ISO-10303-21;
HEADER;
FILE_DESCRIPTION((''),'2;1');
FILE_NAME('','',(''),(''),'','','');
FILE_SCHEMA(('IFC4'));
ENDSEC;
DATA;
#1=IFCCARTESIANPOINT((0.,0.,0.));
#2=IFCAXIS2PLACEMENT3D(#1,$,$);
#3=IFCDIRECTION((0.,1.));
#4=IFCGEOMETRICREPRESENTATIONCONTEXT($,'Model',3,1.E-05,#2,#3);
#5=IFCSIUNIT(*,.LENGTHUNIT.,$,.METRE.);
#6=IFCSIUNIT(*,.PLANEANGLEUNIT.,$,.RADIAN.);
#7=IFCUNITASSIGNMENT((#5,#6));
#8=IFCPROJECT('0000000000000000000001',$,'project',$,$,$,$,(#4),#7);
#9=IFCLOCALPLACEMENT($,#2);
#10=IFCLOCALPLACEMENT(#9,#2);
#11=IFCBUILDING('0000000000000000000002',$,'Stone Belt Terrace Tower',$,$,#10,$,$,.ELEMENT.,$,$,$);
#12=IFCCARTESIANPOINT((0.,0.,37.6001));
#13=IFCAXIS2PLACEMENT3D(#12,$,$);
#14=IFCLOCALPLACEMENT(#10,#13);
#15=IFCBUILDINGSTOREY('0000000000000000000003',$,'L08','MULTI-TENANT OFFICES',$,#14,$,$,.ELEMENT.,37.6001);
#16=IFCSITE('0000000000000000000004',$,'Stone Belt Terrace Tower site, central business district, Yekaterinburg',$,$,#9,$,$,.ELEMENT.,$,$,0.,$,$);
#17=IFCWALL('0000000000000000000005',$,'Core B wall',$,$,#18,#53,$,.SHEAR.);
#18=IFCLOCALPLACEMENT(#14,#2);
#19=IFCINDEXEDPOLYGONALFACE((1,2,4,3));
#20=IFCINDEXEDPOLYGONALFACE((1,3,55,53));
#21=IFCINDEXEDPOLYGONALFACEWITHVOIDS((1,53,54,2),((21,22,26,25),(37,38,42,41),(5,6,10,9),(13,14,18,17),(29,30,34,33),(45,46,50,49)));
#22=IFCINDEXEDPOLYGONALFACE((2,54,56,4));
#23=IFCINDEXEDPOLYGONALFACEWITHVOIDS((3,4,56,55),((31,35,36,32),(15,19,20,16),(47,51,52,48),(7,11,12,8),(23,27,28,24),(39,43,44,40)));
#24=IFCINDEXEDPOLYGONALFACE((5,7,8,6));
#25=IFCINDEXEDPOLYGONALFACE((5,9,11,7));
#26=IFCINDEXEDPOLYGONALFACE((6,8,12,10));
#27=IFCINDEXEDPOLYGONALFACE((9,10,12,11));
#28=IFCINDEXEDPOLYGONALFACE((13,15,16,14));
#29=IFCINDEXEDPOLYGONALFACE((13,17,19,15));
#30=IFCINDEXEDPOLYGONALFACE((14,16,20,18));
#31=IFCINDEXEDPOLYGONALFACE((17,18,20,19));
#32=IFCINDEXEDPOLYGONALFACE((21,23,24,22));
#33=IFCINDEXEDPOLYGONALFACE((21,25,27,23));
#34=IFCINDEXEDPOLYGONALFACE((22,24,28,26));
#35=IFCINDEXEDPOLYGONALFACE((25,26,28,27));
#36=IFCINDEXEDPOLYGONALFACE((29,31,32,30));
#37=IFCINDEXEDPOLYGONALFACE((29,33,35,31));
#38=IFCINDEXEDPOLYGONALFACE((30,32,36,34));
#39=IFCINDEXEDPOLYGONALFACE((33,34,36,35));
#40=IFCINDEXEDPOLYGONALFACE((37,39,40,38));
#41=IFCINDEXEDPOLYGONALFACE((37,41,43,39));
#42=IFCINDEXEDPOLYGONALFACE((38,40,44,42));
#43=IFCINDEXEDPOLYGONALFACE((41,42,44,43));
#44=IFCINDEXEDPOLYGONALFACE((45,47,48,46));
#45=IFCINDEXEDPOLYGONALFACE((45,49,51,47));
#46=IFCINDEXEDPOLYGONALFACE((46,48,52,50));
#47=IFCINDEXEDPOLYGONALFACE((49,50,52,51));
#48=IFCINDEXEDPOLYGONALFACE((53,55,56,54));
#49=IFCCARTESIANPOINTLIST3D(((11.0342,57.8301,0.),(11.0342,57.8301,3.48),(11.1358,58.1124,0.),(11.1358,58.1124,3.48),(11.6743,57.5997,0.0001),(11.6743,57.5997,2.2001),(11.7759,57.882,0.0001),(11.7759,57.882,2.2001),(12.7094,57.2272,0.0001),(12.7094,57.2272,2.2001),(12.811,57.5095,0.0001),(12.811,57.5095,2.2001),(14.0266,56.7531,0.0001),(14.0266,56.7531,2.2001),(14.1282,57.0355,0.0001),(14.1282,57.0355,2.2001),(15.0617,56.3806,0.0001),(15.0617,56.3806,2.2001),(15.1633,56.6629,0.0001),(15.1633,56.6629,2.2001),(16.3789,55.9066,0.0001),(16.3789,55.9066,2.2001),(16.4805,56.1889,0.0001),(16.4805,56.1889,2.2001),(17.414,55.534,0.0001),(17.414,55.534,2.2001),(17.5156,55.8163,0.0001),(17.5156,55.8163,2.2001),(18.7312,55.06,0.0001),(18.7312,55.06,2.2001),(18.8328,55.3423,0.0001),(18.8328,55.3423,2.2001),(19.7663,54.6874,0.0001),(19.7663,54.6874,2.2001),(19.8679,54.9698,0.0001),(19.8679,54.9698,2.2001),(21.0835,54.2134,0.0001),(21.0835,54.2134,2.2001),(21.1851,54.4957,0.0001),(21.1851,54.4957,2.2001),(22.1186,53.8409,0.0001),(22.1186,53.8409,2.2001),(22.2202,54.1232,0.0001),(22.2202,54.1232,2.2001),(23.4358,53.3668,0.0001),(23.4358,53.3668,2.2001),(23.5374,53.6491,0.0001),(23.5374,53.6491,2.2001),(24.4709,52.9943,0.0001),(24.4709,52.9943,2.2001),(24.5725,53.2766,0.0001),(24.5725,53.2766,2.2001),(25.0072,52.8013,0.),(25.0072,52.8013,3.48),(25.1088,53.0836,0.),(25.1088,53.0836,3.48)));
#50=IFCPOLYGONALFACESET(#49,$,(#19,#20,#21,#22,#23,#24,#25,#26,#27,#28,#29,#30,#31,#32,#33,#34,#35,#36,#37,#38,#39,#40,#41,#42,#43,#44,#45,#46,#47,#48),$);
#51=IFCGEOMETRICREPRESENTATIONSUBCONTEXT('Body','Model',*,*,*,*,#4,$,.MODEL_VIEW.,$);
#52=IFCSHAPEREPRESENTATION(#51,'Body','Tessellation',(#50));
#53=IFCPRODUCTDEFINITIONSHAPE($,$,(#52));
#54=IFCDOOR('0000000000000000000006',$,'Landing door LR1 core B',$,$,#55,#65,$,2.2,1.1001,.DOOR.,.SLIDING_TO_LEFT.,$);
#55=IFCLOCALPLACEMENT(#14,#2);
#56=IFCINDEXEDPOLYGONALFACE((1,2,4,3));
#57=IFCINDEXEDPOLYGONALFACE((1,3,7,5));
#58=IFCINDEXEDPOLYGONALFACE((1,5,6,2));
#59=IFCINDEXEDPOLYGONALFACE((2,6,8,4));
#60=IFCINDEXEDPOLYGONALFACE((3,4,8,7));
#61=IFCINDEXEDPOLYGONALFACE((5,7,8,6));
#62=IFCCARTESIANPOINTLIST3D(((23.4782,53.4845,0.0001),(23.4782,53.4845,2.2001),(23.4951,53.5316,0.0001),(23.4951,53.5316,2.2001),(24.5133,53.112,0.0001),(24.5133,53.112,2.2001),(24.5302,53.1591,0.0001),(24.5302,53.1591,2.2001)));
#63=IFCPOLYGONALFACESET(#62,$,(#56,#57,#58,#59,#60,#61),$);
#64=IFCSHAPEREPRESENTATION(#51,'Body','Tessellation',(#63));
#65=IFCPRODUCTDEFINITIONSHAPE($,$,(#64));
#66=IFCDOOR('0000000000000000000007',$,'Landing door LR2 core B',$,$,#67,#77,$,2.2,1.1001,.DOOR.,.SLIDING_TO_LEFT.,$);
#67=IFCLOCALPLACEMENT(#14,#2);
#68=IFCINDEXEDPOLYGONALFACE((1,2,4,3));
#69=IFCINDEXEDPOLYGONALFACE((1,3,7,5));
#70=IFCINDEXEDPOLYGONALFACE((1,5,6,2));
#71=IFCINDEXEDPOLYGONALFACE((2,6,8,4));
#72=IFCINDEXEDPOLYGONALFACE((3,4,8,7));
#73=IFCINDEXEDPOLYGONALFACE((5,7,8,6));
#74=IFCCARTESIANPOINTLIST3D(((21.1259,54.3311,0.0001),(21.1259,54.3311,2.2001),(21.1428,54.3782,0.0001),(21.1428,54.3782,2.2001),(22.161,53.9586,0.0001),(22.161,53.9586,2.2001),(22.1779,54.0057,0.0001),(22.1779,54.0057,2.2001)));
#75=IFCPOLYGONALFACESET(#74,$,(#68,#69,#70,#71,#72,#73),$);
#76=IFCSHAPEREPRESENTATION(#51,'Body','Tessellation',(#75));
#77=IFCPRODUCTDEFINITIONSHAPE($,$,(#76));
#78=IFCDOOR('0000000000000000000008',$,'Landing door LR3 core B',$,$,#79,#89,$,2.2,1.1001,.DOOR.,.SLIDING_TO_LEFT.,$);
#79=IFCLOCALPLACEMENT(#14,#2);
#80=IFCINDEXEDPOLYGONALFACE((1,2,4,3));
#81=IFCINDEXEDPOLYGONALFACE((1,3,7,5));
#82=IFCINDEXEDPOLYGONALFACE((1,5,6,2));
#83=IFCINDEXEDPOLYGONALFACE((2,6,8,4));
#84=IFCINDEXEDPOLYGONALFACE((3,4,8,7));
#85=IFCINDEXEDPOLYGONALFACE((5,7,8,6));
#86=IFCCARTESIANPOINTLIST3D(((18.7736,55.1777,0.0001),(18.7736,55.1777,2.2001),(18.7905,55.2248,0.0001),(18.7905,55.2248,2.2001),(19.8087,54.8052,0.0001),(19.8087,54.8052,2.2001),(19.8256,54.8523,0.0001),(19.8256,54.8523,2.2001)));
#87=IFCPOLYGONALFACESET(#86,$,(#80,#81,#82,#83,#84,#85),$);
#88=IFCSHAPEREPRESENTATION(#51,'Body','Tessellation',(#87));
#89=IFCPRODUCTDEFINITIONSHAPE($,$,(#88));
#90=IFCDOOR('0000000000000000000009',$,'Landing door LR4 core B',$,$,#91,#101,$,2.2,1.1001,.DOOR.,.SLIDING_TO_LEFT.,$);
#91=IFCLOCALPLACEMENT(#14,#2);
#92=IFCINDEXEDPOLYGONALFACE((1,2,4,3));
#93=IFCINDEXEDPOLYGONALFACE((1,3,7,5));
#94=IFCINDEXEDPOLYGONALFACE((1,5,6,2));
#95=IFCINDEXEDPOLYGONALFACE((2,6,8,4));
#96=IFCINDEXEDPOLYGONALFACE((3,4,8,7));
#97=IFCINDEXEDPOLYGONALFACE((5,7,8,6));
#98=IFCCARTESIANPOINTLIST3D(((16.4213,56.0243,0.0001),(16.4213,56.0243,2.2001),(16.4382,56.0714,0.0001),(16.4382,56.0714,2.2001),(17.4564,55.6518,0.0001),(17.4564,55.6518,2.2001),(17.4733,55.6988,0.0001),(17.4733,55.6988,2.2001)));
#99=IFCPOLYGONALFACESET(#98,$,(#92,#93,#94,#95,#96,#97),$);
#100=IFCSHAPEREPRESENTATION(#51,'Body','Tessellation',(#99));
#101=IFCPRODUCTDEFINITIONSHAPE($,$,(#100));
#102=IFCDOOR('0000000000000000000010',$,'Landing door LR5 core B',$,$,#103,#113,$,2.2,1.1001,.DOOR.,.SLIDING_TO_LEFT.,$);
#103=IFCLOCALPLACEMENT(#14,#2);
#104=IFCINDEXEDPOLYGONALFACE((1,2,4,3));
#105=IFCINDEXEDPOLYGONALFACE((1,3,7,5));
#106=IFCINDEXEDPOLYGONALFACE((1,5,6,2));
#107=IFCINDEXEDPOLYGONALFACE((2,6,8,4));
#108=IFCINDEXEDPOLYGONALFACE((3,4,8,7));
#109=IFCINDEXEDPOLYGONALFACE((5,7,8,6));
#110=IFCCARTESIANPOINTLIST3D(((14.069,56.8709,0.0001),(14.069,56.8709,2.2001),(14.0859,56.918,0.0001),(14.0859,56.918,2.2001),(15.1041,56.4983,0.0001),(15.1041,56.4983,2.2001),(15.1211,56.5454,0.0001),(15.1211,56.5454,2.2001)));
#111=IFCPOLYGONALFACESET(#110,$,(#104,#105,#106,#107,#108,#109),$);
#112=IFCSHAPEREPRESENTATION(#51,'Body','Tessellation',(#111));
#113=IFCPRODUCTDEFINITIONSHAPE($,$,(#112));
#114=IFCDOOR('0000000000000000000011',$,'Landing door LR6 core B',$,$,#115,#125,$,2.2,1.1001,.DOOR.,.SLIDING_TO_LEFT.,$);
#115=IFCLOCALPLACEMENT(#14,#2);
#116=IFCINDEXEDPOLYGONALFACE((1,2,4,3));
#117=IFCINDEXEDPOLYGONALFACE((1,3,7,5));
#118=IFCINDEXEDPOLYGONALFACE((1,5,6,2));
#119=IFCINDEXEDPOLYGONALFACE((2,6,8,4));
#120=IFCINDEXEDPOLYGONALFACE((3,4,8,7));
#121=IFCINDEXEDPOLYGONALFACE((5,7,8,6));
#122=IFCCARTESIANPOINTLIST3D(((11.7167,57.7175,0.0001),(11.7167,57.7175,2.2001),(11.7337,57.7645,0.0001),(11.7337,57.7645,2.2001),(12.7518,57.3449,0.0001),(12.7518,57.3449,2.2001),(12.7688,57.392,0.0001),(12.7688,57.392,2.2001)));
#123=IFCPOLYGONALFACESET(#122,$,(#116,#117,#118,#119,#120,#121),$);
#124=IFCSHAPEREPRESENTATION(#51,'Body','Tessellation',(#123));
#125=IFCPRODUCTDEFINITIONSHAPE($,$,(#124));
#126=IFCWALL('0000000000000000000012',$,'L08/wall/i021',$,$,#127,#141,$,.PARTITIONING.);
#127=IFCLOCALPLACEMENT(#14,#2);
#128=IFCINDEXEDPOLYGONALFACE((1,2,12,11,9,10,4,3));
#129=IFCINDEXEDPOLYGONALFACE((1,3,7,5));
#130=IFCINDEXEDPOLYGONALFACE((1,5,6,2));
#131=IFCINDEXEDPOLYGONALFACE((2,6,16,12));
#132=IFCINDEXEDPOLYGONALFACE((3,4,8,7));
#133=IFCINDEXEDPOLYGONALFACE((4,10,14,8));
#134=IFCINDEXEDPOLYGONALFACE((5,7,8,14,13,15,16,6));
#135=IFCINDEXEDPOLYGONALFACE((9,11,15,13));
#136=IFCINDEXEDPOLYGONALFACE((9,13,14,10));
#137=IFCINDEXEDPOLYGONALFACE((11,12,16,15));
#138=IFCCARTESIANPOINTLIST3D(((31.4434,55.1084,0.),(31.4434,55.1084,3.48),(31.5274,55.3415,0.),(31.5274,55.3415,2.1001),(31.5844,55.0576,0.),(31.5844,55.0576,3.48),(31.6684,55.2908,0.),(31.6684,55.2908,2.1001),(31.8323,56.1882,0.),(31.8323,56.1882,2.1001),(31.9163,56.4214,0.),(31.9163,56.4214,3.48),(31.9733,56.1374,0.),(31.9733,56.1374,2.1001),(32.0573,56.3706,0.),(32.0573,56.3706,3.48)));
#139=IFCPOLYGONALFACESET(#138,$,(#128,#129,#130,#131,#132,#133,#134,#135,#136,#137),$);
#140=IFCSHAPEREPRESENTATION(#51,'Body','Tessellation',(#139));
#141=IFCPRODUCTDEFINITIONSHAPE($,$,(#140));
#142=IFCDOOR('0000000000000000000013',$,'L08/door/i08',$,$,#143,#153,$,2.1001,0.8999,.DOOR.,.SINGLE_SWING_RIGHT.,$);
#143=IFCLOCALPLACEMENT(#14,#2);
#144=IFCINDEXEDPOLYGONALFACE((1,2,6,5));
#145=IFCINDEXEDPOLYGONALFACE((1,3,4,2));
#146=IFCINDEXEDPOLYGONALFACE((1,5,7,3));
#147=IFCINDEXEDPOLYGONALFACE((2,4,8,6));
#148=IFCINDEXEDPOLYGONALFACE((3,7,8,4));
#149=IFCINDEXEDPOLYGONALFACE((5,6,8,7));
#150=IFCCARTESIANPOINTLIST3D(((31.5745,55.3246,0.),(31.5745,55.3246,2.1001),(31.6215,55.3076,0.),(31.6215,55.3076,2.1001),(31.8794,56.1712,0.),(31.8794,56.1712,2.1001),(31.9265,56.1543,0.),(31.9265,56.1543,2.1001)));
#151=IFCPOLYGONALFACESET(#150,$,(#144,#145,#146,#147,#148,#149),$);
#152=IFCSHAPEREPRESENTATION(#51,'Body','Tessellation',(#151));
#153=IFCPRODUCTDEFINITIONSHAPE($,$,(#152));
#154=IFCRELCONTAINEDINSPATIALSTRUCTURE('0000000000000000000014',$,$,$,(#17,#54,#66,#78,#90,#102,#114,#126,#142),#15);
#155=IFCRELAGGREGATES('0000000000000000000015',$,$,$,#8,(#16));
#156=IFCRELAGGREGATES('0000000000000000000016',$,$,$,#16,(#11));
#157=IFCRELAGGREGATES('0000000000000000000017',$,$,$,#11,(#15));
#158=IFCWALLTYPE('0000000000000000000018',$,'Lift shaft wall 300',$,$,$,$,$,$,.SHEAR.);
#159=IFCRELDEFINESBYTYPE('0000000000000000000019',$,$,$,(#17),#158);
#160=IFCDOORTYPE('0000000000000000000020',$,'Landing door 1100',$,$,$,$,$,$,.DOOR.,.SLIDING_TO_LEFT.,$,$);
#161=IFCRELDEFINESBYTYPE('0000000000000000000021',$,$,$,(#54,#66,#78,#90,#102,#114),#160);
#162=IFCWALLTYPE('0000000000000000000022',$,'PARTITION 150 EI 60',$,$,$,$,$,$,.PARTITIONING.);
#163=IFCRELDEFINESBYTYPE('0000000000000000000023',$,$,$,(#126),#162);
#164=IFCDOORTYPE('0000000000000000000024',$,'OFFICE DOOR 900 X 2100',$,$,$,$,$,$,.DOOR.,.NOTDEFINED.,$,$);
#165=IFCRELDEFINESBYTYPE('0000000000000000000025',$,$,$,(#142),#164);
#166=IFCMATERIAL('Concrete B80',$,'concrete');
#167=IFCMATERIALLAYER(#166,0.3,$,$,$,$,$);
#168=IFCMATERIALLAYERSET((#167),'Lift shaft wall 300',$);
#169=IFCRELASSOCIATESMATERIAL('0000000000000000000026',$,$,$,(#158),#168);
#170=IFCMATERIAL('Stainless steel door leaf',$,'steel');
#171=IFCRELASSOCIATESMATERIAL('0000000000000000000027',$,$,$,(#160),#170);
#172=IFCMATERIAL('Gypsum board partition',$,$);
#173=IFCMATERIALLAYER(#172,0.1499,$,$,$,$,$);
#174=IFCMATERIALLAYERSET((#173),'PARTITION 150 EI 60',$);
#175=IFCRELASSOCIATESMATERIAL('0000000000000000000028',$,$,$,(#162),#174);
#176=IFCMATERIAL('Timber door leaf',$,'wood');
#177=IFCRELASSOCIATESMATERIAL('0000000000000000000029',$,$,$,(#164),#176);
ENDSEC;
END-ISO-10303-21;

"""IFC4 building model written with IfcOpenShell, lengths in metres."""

from ifc_helpers import new_model, si_unit, direction, frame, frame_2d, origin, place, context, subcontext, project, spatial, rectangle, extrude, material, layer, layer_set, type_object, element, fill, save


model = new_model("IFC4")

# Units and contexts
model_context = context("Model", 3, precision=1e-05, world=origin(), true_north=direction((0.0, 1.0)))
body_context = subcontext(model_context, "Body", "Model", "MODEL_VIEW")
ifc_project = project(units=[si_unit("LENGTHUNIT", "METRE"), si_unit("PLANEANGLEUNIT", "RADIAN")], contexts=[model_context])

# Site, building, storey
site_placement = place(None, origin())
site = spatial("IfcSite", under=ifc_project, at=site_placement, Name="Stone Belt Terrace Tower site, central business district, Yekaterinburg", CompositionType="ELEMENT", RefElevation=0.0)
building_placement = place(site_placement, origin())
building = spatial("IfcBuilding", under=site, at=building_placement, Name="Stone Belt Terrace Tower", CompositionType="ELEMENT")
storey_placement = place(building_placement, frame((0.0, 0.0, 37.6001)))
storey = spatial("IfcBuildingStorey", under=building, at=storey_placement, Name="L08", Description="MULTI-TENANT OFFICES", CompositionType="ELEMENT", Elevation=37.6001)

# Shared definitions
ifc_material_1 = material(Name="Concrete B80", Category="concrete")

# Shared definitions
ifc_material_2 = material(Name="Timber door leaf", Category="wood")
ifc_layer_1 = layer(ifc_material_1, 0.3)
ifc_layer_set_1 = layer_set([ifc_layer_1], Name="Lift shaft wall 300")
wall_type_1 = type_object("IfcWallType", Name="Lift shaft wall 300", PredefinedType="SHEAR", material=ifc_layer_set_1)
ifc_material_3 = material(Name="Stainless steel door leaf", Category="steel")

# Wall, openings, doors
wall_1_placement = place(storey_placement, frame((25.0581, 52.9424, 0.0), z_axis=(0.0, 0.0, 1.0), x_axis=(-0.940918, 0.338634, 0.0)))
wall_1 = element("IfcWall", 1, at=wall_1_placement, inside=storey, type_object=wall_type_1, Name="Core B wall", PredefinedType="SHEAR", context=body_context, shape_type="SweptSolid", body=[
    extrude(rectangle(XDim=14.8503, YDim=0.3, at=frame_2d((7.4253, 0.0))), origin(), (0.0, 0.0, 1.0), 3.48),
])
opening_1_placement = place(wall_1_placement, frame((0.5701, 0.0, 0.0)))
opening_1 = element("IfcOpeningElement", 2, at=opening_1_placement, cuts=wall_1, PredefinedType="OPENING", context=body_context, shape_type="SweptSolid", body=[
    extrude(rectangle(XDim=1.1001, YDim=2.2, at=frame_2d((0.55, 1.1001))), frame((0.0, 0.1599, 0.0), z_axis=(0.0, -1.0, 0.0), x_axis=(1.0, 0.0, 0.0)), (0.0, 0.0, 1.0), 0.3201),
])
opening_2_placement = place(wall_1_placement, frame((3.0701, 0.0, 0.0)))
opening_2 = element("IfcOpeningElement", 3, at=opening_2_placement, cuts=wall_1, PredefinedType="OPENING", context=body_context, shape_type="SweptSolid", body=[
    extrude(rectangle(XDim=1.1001, YDim=2.2, at=frame_2d((0.55, 1.1001))), frame((0.0, 0.1599, 0.0), z_axis=(0.0, -1.0, 0.0), x_axis=(1.0, 0.0, 0.0)), (0.0, 0.0, 1.0), 0.3201),
])
opening_3_placement = place(wall_1_placement, frame((5.5701, 0.0, 0.0)))
opening_3 = element("IfcOpeningElement", 4, at=opening_3_placement, cuts=wall_1, PredefinedType="OPENING", context=body_context, shape_type="SweptSolid", body=[
    extrude(rectangle(XDim=1.1001, YDim=2.2, at=frame_2d((0.55, 1.1001))), frame((0.0, 0.1599, 0.0), z_axis=(0.0, -1.0, 0.0), x_axis=(1.0, 0.0, 0.0)), (0.0, 0.0, 1.0), 0.3201),
])
opening_4_placement = place(wall_1_placement, frame((8.0701, 0.0, 0.0)))
opening_4 = element("IfcOpeningElement", 5, at=opening_4_placement, cuts=wall_1, PredefinedType="OPENING", context=body_context, shape_type="SweptSolid", body=[
    extrude(rectangle(XDim=1.1001, YDim=2.2, at=frame_2d((0.55, 1.1001))), frame((0.0, 0.1599, 0.0), z_axis=(0.0, -1.0, 0.0), x_axis=(1.0, 0.0, 0.0)), (0.0, 0.0, 1.0), 0.3201),
])
opening_5_placement = place(wall_1_placement, frame((10.5701, 0.0, 0.0)))
opening_5 = element("IfcOpeningElement", 6, at=opening_5_placement, cuts=wall_1, PredefinedType="OPENING", context=body_context, shape_type="SweptSolid", body=[
    extrude(rectangle(XDim=1.1001, YDim=2.2, at=frame_2d((0.55, 1.1001))), frame((0.0, 0.1599, 0.0), z_axis=(0.0, -1.0, 0.0), x_axis=(1.0, 0.0, 0.0)), (0.0, 0.0, 1.0), 0.3201),
])
opening_6_placement = place(wall_1_placement, frame((13.0701, 0.0, 0.0)))
opening_6 = element("IfcOpeningElement", 7, at=opening_6_placement, cuts=wall_1, PredefinedType="OPENING", context=body_context, shape_type="SweptSolid", body=[
    extrude(rectangle(XDim=1.1001, YDim=2.2, at=frame_2d((0.55, 1.1001))), frame((0.0, 0.1599, 0.0), z_axis=(0.0, -1.0, 0.0), x_axis=(1.0, 0.0, 0.0)), (0.0, 0.0, 1.0), 0.3201),
])
door_type_1 = type_object("IfcDoorType", Name="Landing door 1100", OperationType="SLIDING_TO_LEFT", PredefinedType="DOOR", material=ifc_material_3)
door_1_placement = place(opening_1_placement, origin())
door_1 = element("IfcDoor", 8, at=door_1_placement, inside=storey, type_object=door_type_1, Name="Landing door LR1 core B", OperationType="SLIDING_TO_LEFT", OverallHeight=2.2, OverallWidth=1.1001, PredefinedType="DOOR", context=body_context, shape_type="SweptSolid", body=[
    extrude(rectangle(XDim=1.1001, YDim=2.2, at=frame_2d((0.55, 1.1001))), frame((0.0, 0.0249, 0.0), z_axis=(0.0, -1.0, 0.0), x_axis=(1.0, 0.0, 0.0)), (0.0, 0.0, 1.0), 0.05),
])
fill(opening_1, door_1)
door_2_placement = place(opening_2_placement, origin())
door_2 = element("IfcDoor", 9, at=door_2_placement, inside=storey, type_object=door_type_1, Name="Landing door LR2 core B", OperationType="SLIDING_TO_LEFT", OverallHeight=2.2, OverallWidth=1.1001, PredefinedType="DOOR", context=body_context, shape_type="SweptSolid", body=[
    extrude(rectangle(XDim=1.1001, YDim=2.2, at=frame_2d((0.55, 1.1001))), frame((0.0, 0.0249, 0.0), z_axis=(0.0, -1.0, 0.0), x_axis=(1.0, 0.0, 0.0)), (0.0, 0.0, 1.0), 0.05),
])
fill(opening_2, door_2)
door_3_placement = place(opening_3_placement, origin())
door_3 = element("IfcDoor", 10, at=door_3_placement, inside=storey, type_object=door_type_1, Name="Landing door LR3 core B", OperationType="SLIDING_TO_LEFT", OverallHeight=2.2, OverallWidth=1.1001, PredefinedType="DOOR", context=body_context, shape_type="SweptSolid", body=[
    extrude(rectangle(XDim=1.1001, YDim=2.2, at=frame_2d((0.55, 1.1001))), frame((0.0, 0.0249, 0.0), z_axis=(0.0, -1.0, 0.0), x_axis=(1.0, 0.0, 0.0)), (0.0, 0.0, 1.0), 0.05),
])
fill(opening_3, door_3)
door_4_placement = place(opening_4_placement, origin())
door_4 = element("IfcDoor", 11, at=door_4_placement, inside=storey, type_object=door_type_1, Name="Landing door LR4 core B", OperationType="SLIDING_TO_LEFT", OverallHeight=2.2, OverallWidth=1.1001, PredefinedType="DOOR", context=body_context, shape_type="SweptSolid", body=[
    extrude(rectangle(XDim=1.1001, YDim=2.2, at=frame_2d((0.55, 1.1001))), frame((0.0, 0.0249, 0.0), z_axis=(0.0, -1.0, 0.0), x_axis=(1.0, 0.0, 0.0)), (0.0, 0.0, 1.0), 0.05),
])
fill(opening_4, door_4)
door_5_placement = place(opening_5_placement, origin())
door_5 = element("IfcDoor", 12, at=door_5_placement, inside=storey, type_object=door_type_1, Name="Landing door LR5 core B", OperationType="SLIDING_TO_LEFT", OverallHeight=2.2, OverallWidth=1.1001, PredefinedType="DOOR", context=body_context, shape_type="SweptSolid", body=[
    extrude(rectangle(XDim=1.1001, YDim=2.2, at=frame_2d((0.55, 1.1001))), frame((0.0, 0.0249, 0.0), z_axis=(0.0, -1.0, 0.0), x_axis=(1.0, 0.0, 0.0)), (0.0, 0.0, 1.0), 0.05),
])
fill(opening_5, door_5)
door_6_placement = place(opening_6_placement, origin())
door_6 = element("IfcDoor", 13, at=door_6_placement, inside=storey, type_object=door_type_1, Name="Landing door LR6 core B", OperationType="SLIDING_TO_LEFT", OverallHeight=2.2, OverallWidth=1.1001, PredefinedType="DOOR", context=body_context, shape_type="SweptSolid", body=[
    extrude(rectangle(XDim=1.1001, YDim=2.2, at=frame_2d((0.55, 1.1001))), frame((0.0, 0.0249, 0.0), z_axis=(0.0, -1.0, 0.0), x_axis=(1.0, 0.0, 0.0)), (0.0, 0.0, 1.0), 0.05),
])
fill(opening_6, door_6)

# Wall, opening, door
ifc_material_4 = material(Name="Gypsum board partition")
ifc_layer_2 = layer(ifc_material_4, 0.1499)
ifc_layer_set_2 = layer_set([ifc_layer_2], Name="PARTITION 150 EI 60")
wall_type_2 = type_object("IfcWallType", Name="PARTITION 150 EI 60", PredefinedType="PARTITIONING", material=ifc_layer_set_2)
wall_2_placement = place(storey_placement, frame((31.5139, 55.083, 0.0), z_axis=(0.0, 0.0, 1.0), x_axis=(0.338862, 0.940836, 0.0)))
wall_2 = element("IfcWall", 14, at=wall_2_placement, inside=storey, type_object=wall_type_2, Name="L08/wall/i021", PredefinedType="PARTITIONING", context=body_context, shape_type="SweptSolid", body=[
    extrude(rectangle(XDim=1.3955, YDim=0.1499, at=frame_2d((0.6978, 0.0))), origin(), (0.0, 0.0, 1.0), 3.48),
])
opening_7_placement = place(wall_2_placement, frame((0.2478, 0.0, 0.0)))
opening_7 = element("IfcOpeningElement", 15, at=opening_7_placement, cuts=wall_2, PredefinedType="OPENING", context=body_context, shape_type="SweptSolid", body=[
    extrude(rectangle(XDim=0.8999, YDim=2.1001, at=frame_2d((0.45, 1.05))), frame((0.0, 0.085, 0.0), z_axis=(0.0, -1.0, 0.0), x_axis=(1.0, 0.0, 0.0)), (0.0, 0.0, 1.0), 0.1699),
])
door_type_2 = type_object("IfcDoorType", Name="OFFICE DOOR 900 X 2100", OperationType="NOTDEFINED", PredefinedType="DOOR", material=ifc_material_2)
door_7_placement = place(opening_7_placement, origin())
door_7 = element("IfcDoor", 16, at=door_7_placement, inside=storey, type_object=door_type_2, Name="L08/door/i08", OperationType="SINGLE_SWING_RIGHT", OverallHeight=2.1001, OverallWidth=0.8999, PredefinedType="DOOR", context=body_context, shape_type="SweptSolid", body=[
    extrude(rectangle(XDim=0.8999, YDim=2.1001, at=frame_2d((0.45, 1.05))), frame((0.0, 0.0249, 0.0), z_axis=(0.0, -1.0, 0.0), x_axis=(1.0, 0.0, 0.0)), (0.0, 0.0, 1.0), 0.05),
])
fill(opening_7, door_7)

save(model, "model.ifc")
